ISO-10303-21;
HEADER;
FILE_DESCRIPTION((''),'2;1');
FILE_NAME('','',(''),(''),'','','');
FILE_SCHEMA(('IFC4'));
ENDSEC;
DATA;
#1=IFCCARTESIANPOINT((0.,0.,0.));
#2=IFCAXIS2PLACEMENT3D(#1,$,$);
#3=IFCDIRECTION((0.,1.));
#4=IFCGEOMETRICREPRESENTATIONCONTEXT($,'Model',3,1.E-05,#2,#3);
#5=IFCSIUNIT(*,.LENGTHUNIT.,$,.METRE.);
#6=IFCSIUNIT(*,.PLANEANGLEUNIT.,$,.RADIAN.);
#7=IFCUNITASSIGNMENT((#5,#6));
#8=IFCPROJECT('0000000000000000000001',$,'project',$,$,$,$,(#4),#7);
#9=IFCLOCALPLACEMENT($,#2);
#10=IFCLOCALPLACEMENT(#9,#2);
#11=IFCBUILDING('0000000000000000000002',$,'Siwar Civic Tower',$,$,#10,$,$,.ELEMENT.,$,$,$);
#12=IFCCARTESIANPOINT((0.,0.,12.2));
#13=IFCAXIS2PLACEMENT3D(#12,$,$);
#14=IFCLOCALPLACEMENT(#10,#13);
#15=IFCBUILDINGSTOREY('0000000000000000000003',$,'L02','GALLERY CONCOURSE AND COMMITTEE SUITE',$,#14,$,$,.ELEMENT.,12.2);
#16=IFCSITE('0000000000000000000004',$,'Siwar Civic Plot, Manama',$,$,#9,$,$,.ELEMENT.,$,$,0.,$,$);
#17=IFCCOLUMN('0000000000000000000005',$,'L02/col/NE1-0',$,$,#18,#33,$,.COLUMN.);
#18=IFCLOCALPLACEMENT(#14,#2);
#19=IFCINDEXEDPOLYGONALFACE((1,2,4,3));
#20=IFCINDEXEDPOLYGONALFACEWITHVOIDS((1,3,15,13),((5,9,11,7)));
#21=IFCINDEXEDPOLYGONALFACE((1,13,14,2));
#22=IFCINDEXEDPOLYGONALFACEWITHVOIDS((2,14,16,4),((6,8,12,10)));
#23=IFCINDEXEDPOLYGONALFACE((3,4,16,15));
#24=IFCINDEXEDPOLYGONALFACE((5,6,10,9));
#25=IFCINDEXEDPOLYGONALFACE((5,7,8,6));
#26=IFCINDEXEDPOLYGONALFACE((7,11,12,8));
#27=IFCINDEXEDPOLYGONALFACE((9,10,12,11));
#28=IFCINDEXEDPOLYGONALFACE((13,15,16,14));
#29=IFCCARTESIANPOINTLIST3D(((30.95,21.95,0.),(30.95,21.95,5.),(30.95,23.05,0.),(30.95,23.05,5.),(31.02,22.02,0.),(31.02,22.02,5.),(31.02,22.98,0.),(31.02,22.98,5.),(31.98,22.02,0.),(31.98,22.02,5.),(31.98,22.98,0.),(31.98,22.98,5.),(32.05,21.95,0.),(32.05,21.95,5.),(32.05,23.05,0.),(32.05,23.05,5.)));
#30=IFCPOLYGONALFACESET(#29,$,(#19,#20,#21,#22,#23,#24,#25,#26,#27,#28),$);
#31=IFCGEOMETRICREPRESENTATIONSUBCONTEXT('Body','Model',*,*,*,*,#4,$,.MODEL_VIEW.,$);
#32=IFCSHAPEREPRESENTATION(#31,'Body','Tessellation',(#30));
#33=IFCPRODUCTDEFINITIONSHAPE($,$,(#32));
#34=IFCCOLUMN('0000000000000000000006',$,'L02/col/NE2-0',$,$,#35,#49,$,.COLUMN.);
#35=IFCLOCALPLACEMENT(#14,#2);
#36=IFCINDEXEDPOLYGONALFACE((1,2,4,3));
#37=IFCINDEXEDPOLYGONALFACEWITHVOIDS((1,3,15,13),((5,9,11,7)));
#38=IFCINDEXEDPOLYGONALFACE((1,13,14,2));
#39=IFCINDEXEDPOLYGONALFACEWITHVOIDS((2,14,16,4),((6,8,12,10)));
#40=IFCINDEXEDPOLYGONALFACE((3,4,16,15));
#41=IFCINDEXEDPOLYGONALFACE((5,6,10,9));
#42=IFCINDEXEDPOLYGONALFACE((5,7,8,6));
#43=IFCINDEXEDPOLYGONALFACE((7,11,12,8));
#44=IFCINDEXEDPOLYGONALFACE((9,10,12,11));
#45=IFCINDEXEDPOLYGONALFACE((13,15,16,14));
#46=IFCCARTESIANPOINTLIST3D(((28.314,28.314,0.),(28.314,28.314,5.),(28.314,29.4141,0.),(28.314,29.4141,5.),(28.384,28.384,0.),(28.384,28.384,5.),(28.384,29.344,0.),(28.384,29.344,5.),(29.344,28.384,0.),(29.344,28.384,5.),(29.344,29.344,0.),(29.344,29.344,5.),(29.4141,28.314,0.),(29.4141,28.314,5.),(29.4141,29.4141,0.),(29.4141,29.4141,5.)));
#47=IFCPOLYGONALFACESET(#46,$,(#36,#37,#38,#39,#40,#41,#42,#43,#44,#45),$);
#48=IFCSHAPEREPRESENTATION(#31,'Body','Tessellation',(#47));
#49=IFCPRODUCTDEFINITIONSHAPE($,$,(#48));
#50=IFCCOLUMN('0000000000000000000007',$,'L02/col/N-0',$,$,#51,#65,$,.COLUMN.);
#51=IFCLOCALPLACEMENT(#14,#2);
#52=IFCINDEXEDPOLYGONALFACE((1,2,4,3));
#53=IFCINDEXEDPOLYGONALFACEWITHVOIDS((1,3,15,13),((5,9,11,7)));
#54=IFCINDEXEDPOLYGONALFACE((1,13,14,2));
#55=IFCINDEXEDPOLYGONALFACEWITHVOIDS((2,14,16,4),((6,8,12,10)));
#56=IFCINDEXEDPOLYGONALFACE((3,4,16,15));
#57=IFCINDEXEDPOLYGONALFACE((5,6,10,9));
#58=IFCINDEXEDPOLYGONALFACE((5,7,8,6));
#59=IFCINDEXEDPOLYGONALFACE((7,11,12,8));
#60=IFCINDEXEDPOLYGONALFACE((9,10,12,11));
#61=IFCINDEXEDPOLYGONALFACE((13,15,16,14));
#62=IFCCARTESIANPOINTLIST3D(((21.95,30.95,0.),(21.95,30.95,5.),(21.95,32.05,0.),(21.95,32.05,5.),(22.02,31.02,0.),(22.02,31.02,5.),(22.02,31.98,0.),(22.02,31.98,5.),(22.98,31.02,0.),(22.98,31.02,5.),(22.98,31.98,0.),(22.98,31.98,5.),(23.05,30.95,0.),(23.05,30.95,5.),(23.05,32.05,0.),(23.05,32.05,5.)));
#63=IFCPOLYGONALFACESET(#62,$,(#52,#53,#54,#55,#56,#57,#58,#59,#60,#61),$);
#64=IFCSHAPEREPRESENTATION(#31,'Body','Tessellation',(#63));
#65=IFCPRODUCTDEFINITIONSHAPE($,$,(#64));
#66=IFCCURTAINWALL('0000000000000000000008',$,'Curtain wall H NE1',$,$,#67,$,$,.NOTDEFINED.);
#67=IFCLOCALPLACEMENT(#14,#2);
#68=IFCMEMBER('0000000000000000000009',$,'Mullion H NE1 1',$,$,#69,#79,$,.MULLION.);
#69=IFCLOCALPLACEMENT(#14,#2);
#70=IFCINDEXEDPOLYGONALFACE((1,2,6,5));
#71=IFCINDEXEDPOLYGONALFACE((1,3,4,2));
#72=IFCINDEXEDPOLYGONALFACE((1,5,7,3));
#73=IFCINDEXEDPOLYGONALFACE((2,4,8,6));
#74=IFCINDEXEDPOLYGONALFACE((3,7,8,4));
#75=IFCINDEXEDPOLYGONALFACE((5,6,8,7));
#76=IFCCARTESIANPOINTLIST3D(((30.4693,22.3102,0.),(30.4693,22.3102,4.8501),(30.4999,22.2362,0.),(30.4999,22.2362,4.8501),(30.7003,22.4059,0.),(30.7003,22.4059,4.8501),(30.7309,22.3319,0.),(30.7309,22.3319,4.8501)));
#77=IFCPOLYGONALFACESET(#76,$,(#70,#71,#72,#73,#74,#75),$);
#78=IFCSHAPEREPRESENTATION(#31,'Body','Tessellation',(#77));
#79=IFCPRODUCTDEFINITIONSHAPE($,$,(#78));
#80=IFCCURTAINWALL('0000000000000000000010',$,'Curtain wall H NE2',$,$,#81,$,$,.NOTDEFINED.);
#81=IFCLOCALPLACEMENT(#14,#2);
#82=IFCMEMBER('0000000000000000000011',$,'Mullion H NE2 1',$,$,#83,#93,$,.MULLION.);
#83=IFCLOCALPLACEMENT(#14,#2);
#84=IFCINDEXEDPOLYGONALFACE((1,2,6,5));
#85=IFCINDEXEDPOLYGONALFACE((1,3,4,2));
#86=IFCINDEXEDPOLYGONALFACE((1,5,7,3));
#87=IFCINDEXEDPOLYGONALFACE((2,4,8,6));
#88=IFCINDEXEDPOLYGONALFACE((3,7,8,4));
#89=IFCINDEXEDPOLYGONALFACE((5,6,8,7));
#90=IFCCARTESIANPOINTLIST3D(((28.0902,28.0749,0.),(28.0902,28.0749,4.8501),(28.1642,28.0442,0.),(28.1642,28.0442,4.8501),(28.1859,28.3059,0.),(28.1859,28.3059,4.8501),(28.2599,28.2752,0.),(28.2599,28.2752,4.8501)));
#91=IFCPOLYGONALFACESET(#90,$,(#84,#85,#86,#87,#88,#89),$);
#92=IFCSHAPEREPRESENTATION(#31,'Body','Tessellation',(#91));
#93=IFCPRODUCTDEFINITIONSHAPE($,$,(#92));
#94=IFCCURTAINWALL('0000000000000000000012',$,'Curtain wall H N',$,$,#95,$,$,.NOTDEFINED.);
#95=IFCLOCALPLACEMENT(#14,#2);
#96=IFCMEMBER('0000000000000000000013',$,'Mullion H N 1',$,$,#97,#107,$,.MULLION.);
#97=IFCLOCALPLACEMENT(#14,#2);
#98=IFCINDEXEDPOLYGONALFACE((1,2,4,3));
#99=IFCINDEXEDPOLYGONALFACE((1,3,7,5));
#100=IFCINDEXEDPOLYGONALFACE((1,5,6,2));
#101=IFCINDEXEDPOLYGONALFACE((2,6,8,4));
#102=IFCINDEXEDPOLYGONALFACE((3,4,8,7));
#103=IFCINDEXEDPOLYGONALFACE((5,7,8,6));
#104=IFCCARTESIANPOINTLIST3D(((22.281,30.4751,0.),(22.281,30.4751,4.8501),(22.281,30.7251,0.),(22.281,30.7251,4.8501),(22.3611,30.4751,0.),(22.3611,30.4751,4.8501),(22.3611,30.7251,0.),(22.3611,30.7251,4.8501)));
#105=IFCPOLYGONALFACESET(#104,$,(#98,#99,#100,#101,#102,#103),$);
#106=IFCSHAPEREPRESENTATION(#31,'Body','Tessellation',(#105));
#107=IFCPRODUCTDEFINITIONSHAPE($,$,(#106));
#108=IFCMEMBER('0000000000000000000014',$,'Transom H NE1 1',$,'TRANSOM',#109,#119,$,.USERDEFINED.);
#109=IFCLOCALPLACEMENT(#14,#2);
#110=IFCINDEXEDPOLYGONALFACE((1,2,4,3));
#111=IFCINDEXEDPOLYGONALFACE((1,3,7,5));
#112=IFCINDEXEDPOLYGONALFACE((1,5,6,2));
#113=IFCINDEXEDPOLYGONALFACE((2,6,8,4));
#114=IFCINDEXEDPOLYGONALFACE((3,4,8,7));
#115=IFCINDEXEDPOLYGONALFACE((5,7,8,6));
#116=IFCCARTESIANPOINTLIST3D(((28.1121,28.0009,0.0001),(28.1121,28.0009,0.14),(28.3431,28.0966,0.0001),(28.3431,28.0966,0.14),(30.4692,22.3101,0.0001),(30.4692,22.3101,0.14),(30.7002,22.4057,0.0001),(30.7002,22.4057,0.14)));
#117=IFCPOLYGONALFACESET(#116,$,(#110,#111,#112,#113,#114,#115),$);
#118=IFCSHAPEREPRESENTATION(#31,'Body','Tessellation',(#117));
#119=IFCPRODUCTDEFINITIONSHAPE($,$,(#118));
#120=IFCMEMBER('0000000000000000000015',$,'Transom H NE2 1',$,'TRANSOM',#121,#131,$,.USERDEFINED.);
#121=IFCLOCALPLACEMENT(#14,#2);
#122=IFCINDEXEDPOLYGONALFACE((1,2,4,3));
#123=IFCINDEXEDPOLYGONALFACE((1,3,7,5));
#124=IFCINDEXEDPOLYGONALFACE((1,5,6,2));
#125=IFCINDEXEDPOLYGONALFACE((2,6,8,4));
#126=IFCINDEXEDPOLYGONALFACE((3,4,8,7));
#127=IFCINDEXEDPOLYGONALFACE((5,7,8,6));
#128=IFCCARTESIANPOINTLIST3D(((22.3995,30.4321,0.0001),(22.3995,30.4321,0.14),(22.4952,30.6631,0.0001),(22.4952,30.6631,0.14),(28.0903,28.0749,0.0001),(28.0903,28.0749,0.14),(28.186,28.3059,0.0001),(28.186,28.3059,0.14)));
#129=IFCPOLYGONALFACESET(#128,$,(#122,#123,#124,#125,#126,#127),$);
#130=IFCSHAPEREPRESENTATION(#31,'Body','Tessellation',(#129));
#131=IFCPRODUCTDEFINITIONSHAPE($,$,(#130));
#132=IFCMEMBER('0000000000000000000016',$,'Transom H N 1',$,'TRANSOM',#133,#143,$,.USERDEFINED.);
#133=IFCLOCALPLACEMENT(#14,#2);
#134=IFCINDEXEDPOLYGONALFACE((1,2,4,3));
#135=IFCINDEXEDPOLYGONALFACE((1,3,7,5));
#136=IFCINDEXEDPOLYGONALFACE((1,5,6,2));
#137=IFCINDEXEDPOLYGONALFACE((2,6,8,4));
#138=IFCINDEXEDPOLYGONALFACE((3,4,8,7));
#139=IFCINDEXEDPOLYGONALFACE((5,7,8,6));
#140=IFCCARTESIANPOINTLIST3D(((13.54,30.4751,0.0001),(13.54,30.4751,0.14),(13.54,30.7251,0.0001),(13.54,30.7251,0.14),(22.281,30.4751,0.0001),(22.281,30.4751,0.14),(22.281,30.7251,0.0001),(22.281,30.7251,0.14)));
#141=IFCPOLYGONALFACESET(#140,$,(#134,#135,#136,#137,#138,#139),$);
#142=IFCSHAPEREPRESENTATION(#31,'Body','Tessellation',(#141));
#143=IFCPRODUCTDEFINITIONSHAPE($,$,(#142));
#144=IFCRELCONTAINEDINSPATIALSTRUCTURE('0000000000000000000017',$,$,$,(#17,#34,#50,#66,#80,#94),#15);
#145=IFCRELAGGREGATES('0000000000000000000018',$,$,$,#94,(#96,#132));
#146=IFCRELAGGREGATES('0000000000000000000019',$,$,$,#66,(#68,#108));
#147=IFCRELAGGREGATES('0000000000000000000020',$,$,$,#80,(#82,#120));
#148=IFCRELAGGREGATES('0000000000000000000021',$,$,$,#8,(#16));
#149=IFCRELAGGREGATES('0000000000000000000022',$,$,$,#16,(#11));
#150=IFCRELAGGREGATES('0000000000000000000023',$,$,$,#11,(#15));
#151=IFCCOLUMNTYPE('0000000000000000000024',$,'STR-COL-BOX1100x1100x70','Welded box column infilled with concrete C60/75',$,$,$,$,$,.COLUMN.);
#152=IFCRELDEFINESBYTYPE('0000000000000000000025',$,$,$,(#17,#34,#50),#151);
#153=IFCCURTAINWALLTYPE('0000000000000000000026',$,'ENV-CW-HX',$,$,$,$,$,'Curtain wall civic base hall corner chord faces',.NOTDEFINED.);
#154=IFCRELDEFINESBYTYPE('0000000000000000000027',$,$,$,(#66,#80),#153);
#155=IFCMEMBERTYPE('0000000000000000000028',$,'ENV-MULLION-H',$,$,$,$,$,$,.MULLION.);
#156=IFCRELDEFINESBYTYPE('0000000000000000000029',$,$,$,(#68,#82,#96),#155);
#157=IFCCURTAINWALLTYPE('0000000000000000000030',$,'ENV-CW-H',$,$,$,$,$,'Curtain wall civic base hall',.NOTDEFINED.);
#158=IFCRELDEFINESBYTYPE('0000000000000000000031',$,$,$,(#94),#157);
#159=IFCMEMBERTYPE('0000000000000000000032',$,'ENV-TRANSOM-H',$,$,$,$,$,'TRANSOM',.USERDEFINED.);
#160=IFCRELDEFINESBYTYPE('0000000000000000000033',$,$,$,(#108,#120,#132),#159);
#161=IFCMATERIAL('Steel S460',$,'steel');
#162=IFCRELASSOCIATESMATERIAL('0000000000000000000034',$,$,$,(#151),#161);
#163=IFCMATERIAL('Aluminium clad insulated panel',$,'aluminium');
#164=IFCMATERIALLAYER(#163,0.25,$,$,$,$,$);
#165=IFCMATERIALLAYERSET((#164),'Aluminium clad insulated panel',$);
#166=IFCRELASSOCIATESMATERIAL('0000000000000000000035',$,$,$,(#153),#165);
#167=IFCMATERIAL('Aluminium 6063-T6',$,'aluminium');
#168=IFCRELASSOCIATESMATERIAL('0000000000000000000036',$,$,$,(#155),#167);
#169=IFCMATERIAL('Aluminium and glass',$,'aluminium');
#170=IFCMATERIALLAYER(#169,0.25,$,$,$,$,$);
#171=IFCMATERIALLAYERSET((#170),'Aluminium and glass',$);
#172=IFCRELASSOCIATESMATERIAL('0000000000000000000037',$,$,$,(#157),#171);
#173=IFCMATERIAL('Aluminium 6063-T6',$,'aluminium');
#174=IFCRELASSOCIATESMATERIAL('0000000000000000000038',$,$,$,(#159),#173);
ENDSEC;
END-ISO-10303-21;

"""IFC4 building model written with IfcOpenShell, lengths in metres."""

from ifc_helpers import new_model, si_unit, direction, frame, origin, origin_2d, place, context, subcontext, project, spatial, rectangle, hollow_rectangle, extrude, material, layer, layer_set, material_profile, profile_set, type_object, element, aggregate, save


model = new_model("IFC4")

# Units and contexts
model_context = context("Model", 3, precision=1e-05, world=origin(), true_north=direction((0.0, 1.0)))
body_context = subcontext(model_context, "Body", "Model", "MODEL_VIEW")
ifc_project = project(units=[si_unit("LENGTHUNIT", "METRE"), si_unit("PLANEANGLEUNIT", "RADIAN")], contexts=[model_context])

# Site, building, storey
site_placement = place(None, origin())
site = spatial("IfcSite", under=ifc_project, at=site_placement, Name="Siwar Civic Plot, Manama", CompositionType="ELEMENT", RefElevation=0.0)
building_placement = place(site_placement, origin())
building = spatial("IfcBuilding", under=site, at=building_placement, Name="Siwar Civic Tower", CompositionType="ELEMENT")
storey_placement = place(building_placement, frame((0.0, 0.0, 12.2)))
storey = spatial("IfcBuildingStorey", under=building, at=storey_placement, Name="L02", Description="GALLERY CONCOURSE AND COMMITTEE SUITE", CompositionType="ELEMENT", Elevation=12.2)

# Columns
ifc_material_1 = material(Name="Steel S460", Category="steel")
ifc_material_profile_1 = material_profile(ifc_material_1, hollow_rectangle(XDim=1.1001, YDim=1.1001, WallThickness=0.0701, at=origin_2d()), Name="BOX1100x1100x70")
ifc_profile_set_1 = profile_set([ifc_material_profile_1], Name="Steel S460")
column_type = type_object("IfcColumnType", Name="STR-COL-BOX1100x1100x70", Description="Welded box column infilled with concrete C60/75", PredefinedType="COLUMN", material=ifc_profile_set_1)
for number, where, z_axis, x_axis, name in (
    (1, (31.5, 22.5, 0.0), (0.0, 0.0, 1.0), (1.0, 0.0, 0.0), "L02/col/NE1-0"),
    (2, (28.864, 28.864, 0.0), (0.0, 0.0, 1.0), (1.0, 0.0, 0.0), "L02/col/NE2-0"),
    (3, (22.5, 31.5, 0.0), (0.0, 0.0, 1.0), (1.0, 0.0, 0.0), "L02/col/N-0"),
):
    element("IfcColumn", number, at=place(storey_placement, frame(where, z_axis=z_axis, x_axis=x_axis)), inside=storey, type_object=column_type, Name=name, PredefinedType="COLUMN", context=body_context, shape_type="SweptSolid", body=[
        extrude(hollow_rectangle(XDim=1.1001, YDim=1.1001, WallThickness=0.0701, at=origin_2d()), origin(), (0.0, 0.0, 1.0), 5.0),
    ])

# Curtain walls, members
ifc_material_2 = material(Name="Aluminium clad insulated panel", Category="aluminium")
ifc_layer_1 = layer(ifc_material_2, 0.25)
ifc_layer_set_1 = layer_set([ifc_layer_1], Name="Aluminium clad insulated panel")
curtain_wall_type_1 = type_object("IfcCurtainWallType", Name="ENV-CW-HX", ElementType="Curtain wall civic base hall corner chord faces", PredefinedType="NOTDEFINED", material=ifc_layer_set_1)
curtain_wall_1_placement = place(storey_placement, origin())
curtain_wall_1 = element("IfcCurtainWall", 4, at=curtain_wall_1_placement, inside=storey, type_object=curtain_wall_type_1, Name="Curtain wall H NE1", PredefinedType="NOTDEFINED")
ifc_material_3 = material(Name="Aluminium 6063-T6", Category="aluminium")
ifc_material_profile_2 = material_profile(ifc_material_3, rectangle(XDim=0.25, YDim=0.0801, at=origin_2d()), Name="AL 250x80")
ifc_profile_set_2 = profile_set([ifc_material_profile_2], Name="Aluminium 6063-T6")
member_type_1 = type_object("IfcMemberType", Name="ENV-MULLION-H", PredefinedType="MULLION", material=ifc_profile_set_2)
member_1_placement = place(storey_placement, frame((30.6001, 22.321, 0.0), z_axis=(0.0, 0.0, 1.0), x_axis=(-0.92388, -0.382683, 0.0)))
member_1 = element("IfcMember", 5, at=member_1_placement, type_object=member_type_1, Name="Mullion H NE1 1", PredefinedType="MULLION", context=body_context, shape_type="SweptSolid", body=[
    extrude(rectangle(XDim=0.25, YDim=0.0801, at=origin_2d()), origin(), (0.0, 0.0, 1.0), 4.8501),
])
curtain_wall_2_placement = place(storey_placement, origin())
curtain_wall_2 = element("IfcCurtainWall", 6, at=curtain_wall_2_placement, inside=storey, type_object=curtain_wall_type_1, Name="Curtain wall H NE2", PredefinedType="NOTDEFINED")
member_2_placement = place(storey_placement, frame((28.175, 28.175, 0.0), z_axis=(0.0, 0.0, 1.0), x_axis=(-0.382683, -0.92388, 0.0)))
member_2 = element("IfcMember", 7, at=member_2_placement, type_object=member_type_1, Name="Mullion H NE2 1", PredefinedType="MULLION", context=body_context, shape_type="SweptSolid", body=[
    extrude(rectangle(XDim=0.25, YDim=0.0801, at=origin_2d()), origin(), (0.0, 0.0, 1.0), 4.8501),
])
ifc_material_4 = material(Name="Aluminium and glass", Category="aluminium")
ifc_layer_2 = layer(ifc_material_4, 0.25)
ifc_layer_set_2 = layer_set([ifc_layer_2], Name="Aluminium and glass")
curtain_wall_type_2 = type_object("IfcCurtainWallType", Name="ENV-CW-H", ElementType="Curtain wall civic base hall", PredefinedType="NOTDEFINED", material=ifc_layer_set_2)
curtain_wall_3_placement = place(storey_placement, origin())
curtain_wall_3 = element("IfcCurtainWall", 8, at=curtain_wall_3_placement, inside=storey, type_object=curtain_wall_type_2, Name="Curtain wall H N", PredefinedType="NOTDEFINED")
member_3_placement = place(storey_placement, frame((22.321, 30.6001, 0.0), z_axis=(0.0, 0.0, 1.0), x_axis=(0.0, -1.0, 0.0)))
member_3 = element("IfcMember", 9, at=member_3_placement, type_object=member_type_1, Name="Mullion H N 1", PredefinedType="MULLION", context=body_context, shape_type="SweptSolid", body=[
    extrude(rectangle(XDim=0.25, YDim=0.0801, at=origin_2d()), origin(), (0.0, 0.0, 1.0), 4.8501),
])

# Members
ifc_material_5 = material(Name="Aluminium 6063-T6", Category="aluminium")
ifc_material_profile_3 = material_profile(ifc_material_5, rectangle(XDim=0.25, YDim=0.1399, at=origin_2d()), Name="AL 250x140")
ifc_profile_set_3 = profile_set([ifc_material_profile_3], Name="Aluminium 6063-T6")
member_type_2 = type_object("IfcMemberType", Name="ENV-TRANSOM-H", ElementType="TRANSOM", PredefinedType="USERDEFINED", material=ifc_profile_set_3)
member_4_placement = place(storey_placement, frame((30.5847, 22.3579, 0.0701), z_axis=(-0.382673, 0.923884, 0.0), x_axis=(-0.923884, -0.382673, 0.0)))
member_4 = element("IfcMember", 10, at=member_4_placement, type_object=member_type_2, Name="Transom H NE1 1", ObjectType="TRANSOM", PredefinedType="USERDEFINED", context=body_context, shape_type="SweptSolid", body=[
    extrude(rectangle(XDim=0.25, YDim=0.1399, at=origin_2d()), origin(), (0.0, 0.0, 1.0), 6.1597),
])
member_5_placement = place(storey_placement, frame((28.1382, 28.1904, 0.0701), z_axis=(-0.923884, 0.382673, 0.0), x_axis=(-0.382673, -0.923884, 0.0)))
member_5 = element("IfcMember", 11, at=member_5_placement, type_object=member_type_2, Name="Transom H NE2 1", ObjectType="TRANSOM", PredefinedType="USERDEFINED", context=body_context, shape_type="SweptSolid", body=[
    extrude(rectangle(XDim=0.25, YDim=0.1399, at=origin_2d()), origin(), (0.0, 0.0, 1.0), 6.1597),
])
member_6_placement = place(storey_placement, frame((22.281, 30.6001, 0.0701), z_axis=(-1.0, 0.0, 0.0), x_axis=(0.0, -1.0, 0.0)))
member_6 = element("IfcMember", 12, at=member_6_placement, type_object=member_type_2, Name="Transom H N 1", ObjectType="TRANSOM", PredefinedType="USERDEFINED", context=body_context, shape_type="SweptSolid", body=[
    extrude(rectangle(XDim=0.25, YDim=0.1399, at=origin_2d()), origin(), (0.0, 0.0, 1.0), 8.741),
])

aggregate(curtain_wall_3, [member_3, member_6])
aggregate(curtain_wall_1, [member_1, member_4])
aggregate(curtain_wall_2, [member_2, member_5])

save(model, "model.ifc")
